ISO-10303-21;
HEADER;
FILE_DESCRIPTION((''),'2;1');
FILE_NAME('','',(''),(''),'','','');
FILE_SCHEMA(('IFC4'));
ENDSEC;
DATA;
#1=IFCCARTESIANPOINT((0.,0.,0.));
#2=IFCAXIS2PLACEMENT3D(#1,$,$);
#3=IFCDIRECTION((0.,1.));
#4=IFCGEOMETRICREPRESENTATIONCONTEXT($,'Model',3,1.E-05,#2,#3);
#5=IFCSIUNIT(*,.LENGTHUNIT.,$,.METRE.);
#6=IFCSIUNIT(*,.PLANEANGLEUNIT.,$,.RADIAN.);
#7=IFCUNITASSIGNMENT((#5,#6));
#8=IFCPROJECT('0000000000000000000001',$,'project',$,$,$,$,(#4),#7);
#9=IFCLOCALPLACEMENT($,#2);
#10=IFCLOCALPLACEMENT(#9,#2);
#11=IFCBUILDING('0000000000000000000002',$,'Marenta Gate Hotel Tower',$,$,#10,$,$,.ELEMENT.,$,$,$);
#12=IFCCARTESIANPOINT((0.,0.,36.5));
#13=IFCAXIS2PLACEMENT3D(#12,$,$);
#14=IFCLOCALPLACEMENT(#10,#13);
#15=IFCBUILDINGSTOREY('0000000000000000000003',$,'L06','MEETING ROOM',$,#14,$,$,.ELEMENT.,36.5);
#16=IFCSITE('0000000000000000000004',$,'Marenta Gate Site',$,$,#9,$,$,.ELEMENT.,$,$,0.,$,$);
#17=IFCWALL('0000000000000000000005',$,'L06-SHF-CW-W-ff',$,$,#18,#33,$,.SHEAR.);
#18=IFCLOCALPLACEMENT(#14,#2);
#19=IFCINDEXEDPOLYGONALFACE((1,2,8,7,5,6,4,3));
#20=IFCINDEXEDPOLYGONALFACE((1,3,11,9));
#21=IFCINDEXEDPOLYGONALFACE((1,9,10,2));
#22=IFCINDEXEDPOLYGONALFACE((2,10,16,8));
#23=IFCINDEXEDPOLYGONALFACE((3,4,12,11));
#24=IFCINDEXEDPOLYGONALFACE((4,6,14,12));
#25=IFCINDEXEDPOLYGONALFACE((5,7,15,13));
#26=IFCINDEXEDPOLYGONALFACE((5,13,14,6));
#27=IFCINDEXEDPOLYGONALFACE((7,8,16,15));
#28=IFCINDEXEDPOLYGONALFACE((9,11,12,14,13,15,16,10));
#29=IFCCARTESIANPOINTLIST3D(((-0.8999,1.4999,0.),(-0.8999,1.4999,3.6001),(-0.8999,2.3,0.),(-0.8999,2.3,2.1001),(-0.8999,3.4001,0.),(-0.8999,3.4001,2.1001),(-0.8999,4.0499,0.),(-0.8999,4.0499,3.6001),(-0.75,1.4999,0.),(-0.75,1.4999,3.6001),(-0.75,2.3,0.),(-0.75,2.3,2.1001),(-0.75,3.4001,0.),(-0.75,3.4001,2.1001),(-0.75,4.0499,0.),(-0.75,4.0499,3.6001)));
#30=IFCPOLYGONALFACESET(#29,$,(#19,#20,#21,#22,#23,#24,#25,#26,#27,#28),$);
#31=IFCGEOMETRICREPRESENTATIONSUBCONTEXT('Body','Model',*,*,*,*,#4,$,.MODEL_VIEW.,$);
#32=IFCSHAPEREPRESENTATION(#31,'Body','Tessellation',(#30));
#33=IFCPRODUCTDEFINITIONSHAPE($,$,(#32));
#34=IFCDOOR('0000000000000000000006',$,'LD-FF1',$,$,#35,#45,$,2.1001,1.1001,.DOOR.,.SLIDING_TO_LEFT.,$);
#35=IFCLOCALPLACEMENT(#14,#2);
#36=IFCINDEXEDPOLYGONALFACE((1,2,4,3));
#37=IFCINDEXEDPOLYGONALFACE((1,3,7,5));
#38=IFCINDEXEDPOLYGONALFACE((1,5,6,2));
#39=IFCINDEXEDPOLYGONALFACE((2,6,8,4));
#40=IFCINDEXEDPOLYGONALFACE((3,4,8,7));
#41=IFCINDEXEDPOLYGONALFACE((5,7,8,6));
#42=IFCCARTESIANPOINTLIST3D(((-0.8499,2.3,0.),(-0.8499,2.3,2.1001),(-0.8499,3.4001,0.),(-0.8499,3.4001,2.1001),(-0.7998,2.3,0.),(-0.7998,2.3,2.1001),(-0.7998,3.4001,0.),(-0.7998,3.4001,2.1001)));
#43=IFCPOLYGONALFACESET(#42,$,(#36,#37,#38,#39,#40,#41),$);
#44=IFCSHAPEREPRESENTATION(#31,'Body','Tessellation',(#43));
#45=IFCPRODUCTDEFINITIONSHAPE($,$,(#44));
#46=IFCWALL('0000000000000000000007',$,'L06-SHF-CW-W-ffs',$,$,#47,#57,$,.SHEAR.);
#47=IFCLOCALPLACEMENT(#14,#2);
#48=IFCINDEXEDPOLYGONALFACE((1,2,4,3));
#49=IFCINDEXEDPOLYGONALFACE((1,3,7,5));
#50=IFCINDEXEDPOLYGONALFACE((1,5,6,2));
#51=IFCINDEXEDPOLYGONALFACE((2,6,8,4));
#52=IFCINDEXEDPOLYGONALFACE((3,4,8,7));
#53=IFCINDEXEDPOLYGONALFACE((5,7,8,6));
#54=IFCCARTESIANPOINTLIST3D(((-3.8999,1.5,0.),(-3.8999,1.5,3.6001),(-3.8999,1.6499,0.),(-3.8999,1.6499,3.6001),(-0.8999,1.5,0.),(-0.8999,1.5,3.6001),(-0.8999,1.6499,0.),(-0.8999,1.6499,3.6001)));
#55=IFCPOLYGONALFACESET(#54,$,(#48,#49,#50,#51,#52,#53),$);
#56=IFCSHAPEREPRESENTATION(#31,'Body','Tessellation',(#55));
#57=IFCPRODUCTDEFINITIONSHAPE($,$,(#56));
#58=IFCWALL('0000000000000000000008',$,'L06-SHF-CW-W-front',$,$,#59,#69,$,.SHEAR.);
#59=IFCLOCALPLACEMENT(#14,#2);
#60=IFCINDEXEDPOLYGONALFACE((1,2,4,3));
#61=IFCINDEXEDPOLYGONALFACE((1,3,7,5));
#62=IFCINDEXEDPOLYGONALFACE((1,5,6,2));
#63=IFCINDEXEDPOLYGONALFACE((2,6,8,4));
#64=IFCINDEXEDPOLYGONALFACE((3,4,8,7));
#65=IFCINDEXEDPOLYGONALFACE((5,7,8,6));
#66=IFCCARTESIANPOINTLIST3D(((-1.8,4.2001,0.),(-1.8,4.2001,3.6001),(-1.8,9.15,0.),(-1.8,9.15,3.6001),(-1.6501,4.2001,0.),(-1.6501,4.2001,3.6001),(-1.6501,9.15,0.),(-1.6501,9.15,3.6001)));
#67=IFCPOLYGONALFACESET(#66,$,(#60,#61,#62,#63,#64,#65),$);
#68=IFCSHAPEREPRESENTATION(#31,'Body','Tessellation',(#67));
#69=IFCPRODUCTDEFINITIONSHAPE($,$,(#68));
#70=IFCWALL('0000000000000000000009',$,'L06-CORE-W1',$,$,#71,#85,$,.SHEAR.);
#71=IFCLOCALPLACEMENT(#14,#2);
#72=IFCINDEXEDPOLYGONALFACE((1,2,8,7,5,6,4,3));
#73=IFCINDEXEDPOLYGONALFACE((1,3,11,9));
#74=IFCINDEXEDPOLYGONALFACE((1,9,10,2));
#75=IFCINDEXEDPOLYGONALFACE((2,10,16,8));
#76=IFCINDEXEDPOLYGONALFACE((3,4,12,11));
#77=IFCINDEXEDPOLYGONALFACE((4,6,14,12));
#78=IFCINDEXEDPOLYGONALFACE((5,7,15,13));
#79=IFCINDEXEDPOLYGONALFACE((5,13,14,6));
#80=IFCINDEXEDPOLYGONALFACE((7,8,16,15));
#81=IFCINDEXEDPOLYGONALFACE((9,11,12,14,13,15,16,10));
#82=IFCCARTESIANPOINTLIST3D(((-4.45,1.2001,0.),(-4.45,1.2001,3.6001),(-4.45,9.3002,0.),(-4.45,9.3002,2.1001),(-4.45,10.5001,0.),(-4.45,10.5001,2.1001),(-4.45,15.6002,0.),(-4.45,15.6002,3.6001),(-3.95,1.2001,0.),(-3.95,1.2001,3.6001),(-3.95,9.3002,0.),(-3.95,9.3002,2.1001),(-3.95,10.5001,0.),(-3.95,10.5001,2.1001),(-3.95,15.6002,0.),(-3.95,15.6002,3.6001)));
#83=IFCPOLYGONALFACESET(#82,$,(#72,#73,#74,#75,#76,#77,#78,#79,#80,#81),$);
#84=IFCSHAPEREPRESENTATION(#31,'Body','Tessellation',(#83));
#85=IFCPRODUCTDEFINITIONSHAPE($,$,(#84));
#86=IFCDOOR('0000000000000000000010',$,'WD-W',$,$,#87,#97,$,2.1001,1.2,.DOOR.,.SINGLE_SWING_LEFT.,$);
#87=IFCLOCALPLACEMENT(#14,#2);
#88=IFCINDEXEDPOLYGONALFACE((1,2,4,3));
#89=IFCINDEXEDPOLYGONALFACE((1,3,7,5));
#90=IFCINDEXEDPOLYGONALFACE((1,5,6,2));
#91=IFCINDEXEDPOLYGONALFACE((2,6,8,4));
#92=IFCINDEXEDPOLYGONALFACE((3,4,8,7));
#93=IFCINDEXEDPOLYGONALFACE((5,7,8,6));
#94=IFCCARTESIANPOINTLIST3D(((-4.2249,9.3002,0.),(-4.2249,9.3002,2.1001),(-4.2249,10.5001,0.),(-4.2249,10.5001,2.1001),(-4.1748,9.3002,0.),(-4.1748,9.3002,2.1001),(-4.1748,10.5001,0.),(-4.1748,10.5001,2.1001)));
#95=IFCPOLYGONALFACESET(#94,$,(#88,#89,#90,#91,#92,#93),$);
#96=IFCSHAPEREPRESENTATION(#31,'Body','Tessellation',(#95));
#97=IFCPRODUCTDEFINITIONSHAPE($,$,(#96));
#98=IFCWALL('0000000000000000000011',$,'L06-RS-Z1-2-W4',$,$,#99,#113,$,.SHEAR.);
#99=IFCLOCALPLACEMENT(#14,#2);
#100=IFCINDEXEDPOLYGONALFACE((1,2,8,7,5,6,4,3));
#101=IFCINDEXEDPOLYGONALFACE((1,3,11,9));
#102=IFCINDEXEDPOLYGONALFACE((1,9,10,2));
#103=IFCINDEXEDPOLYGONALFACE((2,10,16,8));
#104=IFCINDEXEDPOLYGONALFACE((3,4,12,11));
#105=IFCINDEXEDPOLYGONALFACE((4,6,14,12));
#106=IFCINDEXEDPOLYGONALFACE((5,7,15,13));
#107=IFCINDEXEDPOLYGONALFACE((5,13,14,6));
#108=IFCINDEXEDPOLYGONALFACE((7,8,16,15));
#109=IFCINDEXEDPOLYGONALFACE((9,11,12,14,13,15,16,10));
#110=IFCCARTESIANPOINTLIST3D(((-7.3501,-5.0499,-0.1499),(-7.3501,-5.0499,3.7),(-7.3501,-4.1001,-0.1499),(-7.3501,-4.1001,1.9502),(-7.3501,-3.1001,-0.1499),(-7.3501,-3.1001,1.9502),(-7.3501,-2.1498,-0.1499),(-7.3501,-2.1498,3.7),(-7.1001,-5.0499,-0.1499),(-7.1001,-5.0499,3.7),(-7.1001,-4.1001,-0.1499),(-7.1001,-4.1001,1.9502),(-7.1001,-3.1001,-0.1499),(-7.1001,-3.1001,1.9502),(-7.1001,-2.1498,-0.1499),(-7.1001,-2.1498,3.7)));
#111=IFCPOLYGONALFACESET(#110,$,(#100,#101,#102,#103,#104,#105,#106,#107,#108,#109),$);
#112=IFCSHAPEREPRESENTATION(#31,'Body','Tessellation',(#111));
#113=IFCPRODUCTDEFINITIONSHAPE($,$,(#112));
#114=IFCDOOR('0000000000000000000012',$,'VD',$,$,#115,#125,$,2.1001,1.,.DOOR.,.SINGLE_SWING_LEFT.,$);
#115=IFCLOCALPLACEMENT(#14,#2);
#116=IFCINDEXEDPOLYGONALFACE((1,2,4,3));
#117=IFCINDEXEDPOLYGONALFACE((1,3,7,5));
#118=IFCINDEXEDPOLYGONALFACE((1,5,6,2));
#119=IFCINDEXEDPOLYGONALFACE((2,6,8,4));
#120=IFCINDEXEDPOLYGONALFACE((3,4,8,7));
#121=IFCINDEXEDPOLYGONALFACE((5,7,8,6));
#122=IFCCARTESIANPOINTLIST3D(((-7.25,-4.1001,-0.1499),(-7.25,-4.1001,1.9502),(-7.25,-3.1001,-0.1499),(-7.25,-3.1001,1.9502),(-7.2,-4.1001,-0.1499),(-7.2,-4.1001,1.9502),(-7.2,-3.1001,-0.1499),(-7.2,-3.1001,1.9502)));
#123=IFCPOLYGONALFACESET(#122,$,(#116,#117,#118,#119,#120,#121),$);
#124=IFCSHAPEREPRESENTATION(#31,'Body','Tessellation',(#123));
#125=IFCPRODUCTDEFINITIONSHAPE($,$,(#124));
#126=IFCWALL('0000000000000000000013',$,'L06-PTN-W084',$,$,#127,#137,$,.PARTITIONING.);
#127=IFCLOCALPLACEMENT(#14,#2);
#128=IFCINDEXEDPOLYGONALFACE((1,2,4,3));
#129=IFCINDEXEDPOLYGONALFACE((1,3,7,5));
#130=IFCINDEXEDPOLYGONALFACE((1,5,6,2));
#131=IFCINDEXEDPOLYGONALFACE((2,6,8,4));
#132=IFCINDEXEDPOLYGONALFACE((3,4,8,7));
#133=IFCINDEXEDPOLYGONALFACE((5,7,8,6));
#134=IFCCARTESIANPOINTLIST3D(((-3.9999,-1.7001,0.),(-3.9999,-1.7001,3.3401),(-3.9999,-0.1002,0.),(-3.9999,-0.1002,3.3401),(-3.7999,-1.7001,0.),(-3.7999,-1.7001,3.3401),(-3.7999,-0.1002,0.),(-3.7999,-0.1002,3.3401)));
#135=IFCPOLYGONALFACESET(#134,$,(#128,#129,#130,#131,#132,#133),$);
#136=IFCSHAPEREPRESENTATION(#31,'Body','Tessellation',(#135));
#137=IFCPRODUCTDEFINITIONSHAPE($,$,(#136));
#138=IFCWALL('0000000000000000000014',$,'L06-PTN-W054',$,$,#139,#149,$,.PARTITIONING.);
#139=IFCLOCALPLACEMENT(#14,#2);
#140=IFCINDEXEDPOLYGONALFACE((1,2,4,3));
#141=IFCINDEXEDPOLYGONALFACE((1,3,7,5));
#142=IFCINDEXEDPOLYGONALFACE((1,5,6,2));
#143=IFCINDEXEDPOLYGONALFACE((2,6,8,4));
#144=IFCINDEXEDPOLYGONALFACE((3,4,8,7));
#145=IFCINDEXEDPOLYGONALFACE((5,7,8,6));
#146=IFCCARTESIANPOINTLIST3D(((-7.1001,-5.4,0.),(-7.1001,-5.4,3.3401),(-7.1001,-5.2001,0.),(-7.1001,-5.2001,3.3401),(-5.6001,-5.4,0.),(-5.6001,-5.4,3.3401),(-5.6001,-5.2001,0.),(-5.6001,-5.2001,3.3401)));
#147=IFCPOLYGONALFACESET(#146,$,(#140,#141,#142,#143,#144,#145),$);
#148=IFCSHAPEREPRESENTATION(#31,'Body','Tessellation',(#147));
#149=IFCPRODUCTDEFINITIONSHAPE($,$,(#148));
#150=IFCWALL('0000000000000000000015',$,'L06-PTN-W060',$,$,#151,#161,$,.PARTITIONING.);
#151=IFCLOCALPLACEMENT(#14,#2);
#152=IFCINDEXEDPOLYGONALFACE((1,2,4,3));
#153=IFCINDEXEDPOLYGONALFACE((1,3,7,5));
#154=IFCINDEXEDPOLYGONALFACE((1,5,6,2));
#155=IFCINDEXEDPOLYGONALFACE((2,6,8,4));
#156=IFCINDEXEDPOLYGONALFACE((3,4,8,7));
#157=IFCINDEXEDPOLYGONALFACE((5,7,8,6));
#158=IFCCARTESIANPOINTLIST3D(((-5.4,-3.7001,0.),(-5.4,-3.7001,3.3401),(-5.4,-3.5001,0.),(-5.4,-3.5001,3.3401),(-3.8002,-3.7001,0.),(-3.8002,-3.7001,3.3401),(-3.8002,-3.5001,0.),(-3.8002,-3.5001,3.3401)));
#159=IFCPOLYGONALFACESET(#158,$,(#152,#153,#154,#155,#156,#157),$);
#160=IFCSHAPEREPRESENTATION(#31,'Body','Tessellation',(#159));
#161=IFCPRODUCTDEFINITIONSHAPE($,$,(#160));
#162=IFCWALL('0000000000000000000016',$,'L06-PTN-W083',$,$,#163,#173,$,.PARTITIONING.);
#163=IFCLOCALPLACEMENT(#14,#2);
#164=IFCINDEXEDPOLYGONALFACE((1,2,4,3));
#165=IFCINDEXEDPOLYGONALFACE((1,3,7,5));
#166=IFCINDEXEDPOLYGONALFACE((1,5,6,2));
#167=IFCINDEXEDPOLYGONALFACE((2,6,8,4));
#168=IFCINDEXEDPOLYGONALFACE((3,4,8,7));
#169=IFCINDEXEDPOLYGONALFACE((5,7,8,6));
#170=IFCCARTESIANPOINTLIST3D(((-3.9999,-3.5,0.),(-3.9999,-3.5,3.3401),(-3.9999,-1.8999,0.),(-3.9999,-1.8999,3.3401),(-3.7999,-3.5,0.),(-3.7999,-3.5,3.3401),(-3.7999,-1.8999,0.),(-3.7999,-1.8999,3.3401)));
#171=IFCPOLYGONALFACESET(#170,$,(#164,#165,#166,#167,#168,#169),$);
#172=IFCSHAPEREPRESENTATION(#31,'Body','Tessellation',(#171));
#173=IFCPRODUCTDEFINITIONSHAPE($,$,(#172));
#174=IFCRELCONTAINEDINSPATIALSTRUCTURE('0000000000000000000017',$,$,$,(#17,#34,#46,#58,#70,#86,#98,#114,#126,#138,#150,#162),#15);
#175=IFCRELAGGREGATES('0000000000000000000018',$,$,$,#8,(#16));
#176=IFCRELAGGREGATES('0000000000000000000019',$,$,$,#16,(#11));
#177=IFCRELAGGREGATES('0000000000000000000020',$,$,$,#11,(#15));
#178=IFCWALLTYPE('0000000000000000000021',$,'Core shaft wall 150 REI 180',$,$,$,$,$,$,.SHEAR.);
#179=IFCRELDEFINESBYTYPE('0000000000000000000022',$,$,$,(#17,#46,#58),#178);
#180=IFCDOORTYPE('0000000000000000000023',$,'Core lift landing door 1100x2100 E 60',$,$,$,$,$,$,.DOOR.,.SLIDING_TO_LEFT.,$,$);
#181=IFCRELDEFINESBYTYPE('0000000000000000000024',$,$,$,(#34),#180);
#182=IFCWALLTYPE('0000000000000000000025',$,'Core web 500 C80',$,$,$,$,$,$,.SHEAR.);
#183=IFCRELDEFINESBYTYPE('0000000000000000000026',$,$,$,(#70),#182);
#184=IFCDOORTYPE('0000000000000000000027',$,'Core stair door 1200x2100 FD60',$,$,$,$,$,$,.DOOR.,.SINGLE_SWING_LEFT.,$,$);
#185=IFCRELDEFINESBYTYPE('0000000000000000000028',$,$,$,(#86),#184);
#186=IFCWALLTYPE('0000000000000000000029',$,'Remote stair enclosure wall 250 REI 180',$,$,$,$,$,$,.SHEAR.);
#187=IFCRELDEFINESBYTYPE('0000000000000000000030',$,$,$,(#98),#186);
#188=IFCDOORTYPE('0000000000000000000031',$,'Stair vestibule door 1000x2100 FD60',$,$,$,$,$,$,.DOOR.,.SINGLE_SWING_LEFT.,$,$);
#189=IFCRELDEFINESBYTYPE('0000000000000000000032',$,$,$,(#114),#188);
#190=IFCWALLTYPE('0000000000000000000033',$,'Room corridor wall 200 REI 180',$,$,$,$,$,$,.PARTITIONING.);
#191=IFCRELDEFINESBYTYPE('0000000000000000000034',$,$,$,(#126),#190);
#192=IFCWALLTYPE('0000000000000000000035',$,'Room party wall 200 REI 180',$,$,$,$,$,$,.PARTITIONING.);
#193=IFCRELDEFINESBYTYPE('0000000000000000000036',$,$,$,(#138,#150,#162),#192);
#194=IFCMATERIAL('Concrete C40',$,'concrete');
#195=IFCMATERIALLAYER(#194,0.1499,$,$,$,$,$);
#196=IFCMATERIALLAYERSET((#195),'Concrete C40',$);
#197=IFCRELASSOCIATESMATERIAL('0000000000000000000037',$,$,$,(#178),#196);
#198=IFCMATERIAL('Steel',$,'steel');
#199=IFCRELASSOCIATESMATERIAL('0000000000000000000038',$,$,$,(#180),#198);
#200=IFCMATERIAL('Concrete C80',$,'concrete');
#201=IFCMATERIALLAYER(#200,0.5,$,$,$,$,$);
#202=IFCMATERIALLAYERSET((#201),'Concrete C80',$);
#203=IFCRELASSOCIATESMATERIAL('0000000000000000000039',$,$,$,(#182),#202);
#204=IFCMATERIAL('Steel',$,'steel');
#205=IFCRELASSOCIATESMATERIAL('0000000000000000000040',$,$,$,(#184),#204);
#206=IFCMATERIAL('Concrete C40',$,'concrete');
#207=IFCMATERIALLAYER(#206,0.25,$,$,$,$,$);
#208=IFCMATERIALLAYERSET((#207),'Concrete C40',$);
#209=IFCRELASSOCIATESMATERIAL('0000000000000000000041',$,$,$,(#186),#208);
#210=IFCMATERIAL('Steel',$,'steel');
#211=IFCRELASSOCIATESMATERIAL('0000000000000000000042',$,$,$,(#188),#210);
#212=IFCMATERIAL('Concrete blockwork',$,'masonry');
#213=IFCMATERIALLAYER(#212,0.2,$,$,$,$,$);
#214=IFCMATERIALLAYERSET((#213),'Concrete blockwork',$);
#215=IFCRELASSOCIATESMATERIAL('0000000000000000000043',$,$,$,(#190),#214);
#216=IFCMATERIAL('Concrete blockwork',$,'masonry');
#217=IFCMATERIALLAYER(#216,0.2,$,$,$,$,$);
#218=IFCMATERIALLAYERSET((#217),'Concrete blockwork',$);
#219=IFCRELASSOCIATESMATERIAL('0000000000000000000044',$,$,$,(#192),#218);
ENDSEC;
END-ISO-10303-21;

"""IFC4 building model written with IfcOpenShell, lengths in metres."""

from ifc_helpers import new_model, si_unit, direction, frame, frame_2d, origin, place, context, subcontext, project, spatial, rectangle, extrude, material, layer, layer_set, type_object, element, fill, save


model = new_model("IFC4")

# Units and contexts
model_context = context("Model", 3, precision=1e-05, world=origin(), true_north=direction((0.0, 1.0)))
body_context = subcontext(model_context, "Body", "Model", "MODEL_VIEW")
ifc_project = project(units=[si_unit("LENGTHUNIT", "METRE"), si_unit("PLANEANGLEUNIT", "RADIAN")], contexts=[model_context])

# Site, building, storey
site_placement = place(None, origin())
site = spatial("IfcSite", under=ifc_project, at=site_placement, Name="Marenta Gate Site", CompositionType="ELEMENT", RefElevation=0.0)
building_placement = place(site_placement, origin())
building = spatial("IfcBuilding", under=site, at=building_placement, Name="Marenta Gate Hotel Tower", CompositionType="ELEMENT")
storey_placement = place(building_placement, frame((0.0, 0.0, 36.5)))
storey = spatial("IfcBuildingStorey", under=building, at=storey_placement, Name="L06", Description="MEETING ROOM", CompositionType="ELEMENT", Elevation=36.5)

# Wall, opening, door
ifc_material_1 = material(Name="Concrete C40", Category="concrete")
ifc_layer_1 = layer(ifc_material_1, 0.1499)
ifc_layer_set_1 = layer_set([ifc_layer_1], Name="Concrete C40")
wall_type_1 = type_object("IfcWallType", Name="Core shaft wall 150 REI 180", PredefinedType="SHEAR", material=ifc_layer_set_1)
wall_1_placement = place(storey_placement, frame((-0.825, 1.5, 0.0), z_axis=(0.0, 0.0, 1.0), x_axis=(0.0, 1.0, 0.0)))
wall_1 = element("IfcWall", 1, at=wall_1_placement, inside=storey, type_object=wall_type_1, Name="L06-SHF-CW-W-ff", PredefinedType="SHEAR", context=body_context, shape_type="SweptSolid", body=[
    extrude(rectangle(XDim=2.55, YDim=0.1499, at=frame_2d((1.2749, 0.0))), origin(), (0.0, 0.0, 1.0), 3.6001),
])
opening_1_placement = place(wall_1_placement, frame((0.8, 0.0, 0.0)))
opening_1 = element("IfcOpeningElement", 2, at=opening_1_placement, cuts=wall_1, PredefinedType="OPENING", context=body_context, shape_type="SweptSolid", body=[
    extrude(rectangle(XDim=1.1001, YDim=2.1001, at=frame_2d((0.55, 1.05))), frame((0.0, 0.075, 0.0), z_axis=(0.0, -1.0, 0.0), x_axis=(1.0, 0.0, 0.0)), (0.0, 0.0, 1.0), 0.1499),
])
ifc_material_2 = material(Name="Steel", Category="steel")
door_type_1 = type_object("IfcDoorType", Name="Core lift landing door 1100x2100 E 60", OperationType="SLIDING_TO_LEFT", PredefinedType="DOOR", material=ifc_material_2)
door_1_placement = place(opening_1_placement, origin())
door_1 = element("IfcDoor", 3, at=door_1_placement, inside=storey, type_object=door_type_1, Name="LD-FF1", OperationType="SLIDING_TO_LEFT", OverallHeight=2.1001, OverallWidth=1.1001, PredefinedType="DOOR", context=body_context, shape_type="SweptSolid", body=[
    extrude(rectangle(XDim=1.1001, YDim=2.1001, at=frame_2d((0.55, 1.05))), frame((0.0, 0.0249, 0.0), z_axis=(0.0, -1.0, 0.0), x_axis=(1.0, 0.0, 0.0)), (0.0, 0.0, 1.0), 0.05),
])
fill(opening_1, door_1)

# Walls
wall_2_placement = place(storey_placement, frame((-3.8999, 1.575, 0.0), z_axis=(0.0, 0.0, 1.0), x_axis=(1.0, 0.0, 0.0)))
element("IfcWall", 4, at=wall_2_placement, inside=storey, type_object=wall_type_1, Name="L06-SHF-CW-W-ffs", PredefinedType="SHEAR", context=body_context, shape_type="SweptSolid", body=[
    extrude(rectangle(XDim=3.0, YDim=0.1499, at=frame_2d((1.5, 0.0))), origin(), (0.0, 0.0, 1.0), 3.6001),
])
wall_3_placement = place(storey_placement, frame((-1.7251, 4.2, 0.0), z_axis=(0.0, 0.0, 1.0), x_axis=(0.0, 1.0, 0.0)))
element("IfcWall", 5, at=wall_3_placement, inside=storey, type_object=wall_type_1, Name="L06-SHF-CW-W-front", PredefinedType="SHEAR", context=body_context, shape_type="SweptSolid", body=[
    extrude(rectangle(XDim=4.95, YDim=0.1499, at=frame_2d((2.4751, 0.0))), origin(), (0.0, 0.0, 1.0), 3.6001),
])

# Walls, openings, doors
ifc_material_3 = material(Name="Concrete C80", Category="concrete")
ifc_layer_2 = layer(ifc_material_3, 0.5)
ifc_layer_set_2 = layer_set([ifc_layer_2], Name="Concrete C80")
wall_type_2 = type_object("IfcWallType", Name="Core web 500 C80", PredefinedType="SHEAR", material=ifc_layer_set_2)
wall_4_placement = place(storey_placement, frame((-4.2, 1.2, 0.0), z_axis=(0.0, 0.0, 1.0), x_axis=(0.0, 1.0, 0.0)))
wall_4 = element("IfcWall", 6, at=wall_4_placement, inside=storey, type_object=wall_type_2, Name="L06-CORE-W1", PredefinedType="SHEAR", context=body_context, shape_type="SweptSolid", body=[
    extrude(rectangle(XDim=14.4001, YDim=0.5, at=frame_2d((7.2002, 0.0))), origin(), (0.0, 0.0, 1.0), 3.6001),
])
opening_2_placement = place(wall_4_placement, frame((8.1001, 0.0, 0.0)))
opening_2 = element("IfcOpeningElement", 7, at=opening_2_placement, cuts=wall_4, PredefinedType="OPENING", context=body_context, shape_type="SweptSolid", body=[
    extrude(rectangle(XDim=1.2, YDim=2.1001, at=frame_2d((0.6001, 1.05))), frame((0.0, 0.25, 0.0), z_axis=(0.0, -1.0, 0.0), x_axis=(1.0, 0.0, 0.0)), (0.0, 0.0, 1.0), 0.5),
])
ifc_material_4 = material(Name="Steel", Category="steel")
door_type_2 = type_object("IfcDoorType", Name="Core stair door 1200x2100 FD60", OperationType="SINGLE_SWING_LEFT", PredefinedType="DOOR", material=ifc_material_4)
door_2_placement = place(opening_2_placement, origin())
door_2 = element("IfcDoor", 8, at=door_2_placement, inside=storey, type_object=door_type_2, Name="WD-W", OperationType="SINGLE_SWING_LEFT", OverallHeight=2.1001, OverallWidth=1.2, PredefinedType="DOOR", context=body_context, shape_type="SweptSolid", body=[
    extrude(rectangle(XDim=1.2, YDim=2.1001, at=frame_2d((0.6001, 1.05))), frame((0.0, 0.0249, 0.0), z_axis=(0.0, -1.0, 0.0), x_axis=(1.0, 0.0, 0.0)), (0.0, 0.0, 1.0), 0.05),
])
fill(opening_2, door_2)
ifc_material_5 = material(Name="Concrete C40", Category="concrete")
ifc_layer_3 = layer(ifc_material_5, 0.25)
ifc_layer_set_3 = layer_set([ifc_layer_3], Name="Concrete C40")
wall_type_3 = type_object("IfcWallType", Name="Remote stair enclosure wall 250 REI 180", PredefinedType="SHEAR", material=ifc_layer_set_3)
wall_5_placement = place(storey_placement, frame((-7.2251, -5.05, -0.1499), z_axis=(0.0, 0.0, 1.0), x_axis=(0.0, 1.0, 0.0)))
wall_5 = element("IfcWall", 9, at=wall_5_placement, inside=storey, type_object=wall_type_3, Name="L06-RS-Z1-2-W4", PredefinedType="SHEAR", context=body_context, shape_type="SweptSolid", body=[
    extrude(rectangle(XDim=2.9001, YDim=0.25, at=frame_2d((1.4502, 0.0))), origin(), (0.0, 0.0, 1.0), 3.8499),
])
opening_3_placement = place(wall_5_placement, frame((0.95, 0.0, 0.0)))
opening_3 = element("IfcOpeningElement", 10, at=opening_3_placement, cuts=wall_5, PredefinedType="OPENING", context=body_context, shape_type="SweptSolid", body=[
    extrude(rectangle(XDim=1.0, YDim=2.1001, at=frame_2d((0.5, 1.05))), frame((0.0, 0.125, 0.0), z_axis=(0.0, -1.0, 0.0), x_axis=(1.0, 0.0, 0.0)), (0.0, 0.0, 1.0), 0.25),
])
ifc_material_6 = material(Name="Steel", Category="steel")
door_type_3 = type_object("IfcDoorType", Name="Stair vestibule door 1000x2100 FD60", OperationType="SINGLE_SWING_LEFT", PredefinedType="DOOR", material=ifc_material_6)
door_3_placement = place(opening_3_placement, origin())
door_3 = element("IfcDoor", 11, at=door_3_placement, inside=storey, type_object=door_type_3, Name="VD", OperationType="SINGLE_SWING_LEFT", OverallHeight=2.1001, OverallWidth=1.0, PredefinedType="DOOR", context=body_context, shape_type="SweptSolid", body=[
    extrude(rectangle(XDim=1.0, YDim=2.1001, at=frame_2d((0.5, 1.05))), frame((0.0, 0.0249, 0.0), z_axis=(0.0, -1.0, 0.0), x_axis=(1.0, 0.0, 0.0)), (0.0, 0.0, 1.0), 0.05),
])
fill(opening_3, door_3)

# Walls
ifc_material_7 = material(Name="Concrete blockwork", Category="masonry")
ifc_layer_4 = layer(ifc_material_7, 0.2)
ifc_layer_set_4 = layer_set([ifc_layer_4], Name="Concrete blockwork")
wall_type_4 = type_object("IfcWallType", Name="Room corridor wall 200 REI 180", PredefinedType="PARTITIONING", material=ifc_layer_set_4)
wall_6_placement = place(storey_placement, frame((-3.8999, -1.7, 0.0), z_axis=(0.0, 0.0, 1.0), x_axis=(0.0, 1.0, 0.0)))
element("IfcWall", 12, at=wall_6_placement, inside=storey, type_object=wall_type_4, Name="L06-PTN-W084", PredefinedType="PARTITIONING", context=body_context, shape_type="SweptSolid", body=[
    extrude(rectangle(XDim=1.5999, YDim=0.2, at=frame_2d((0.7998, 0.0))), origin(), (0.0, 0.0, 1.0), 3.3401),
])
ifc_material_8 = material(Name="Concrete blockwork", Category="masonry")
ifc_layer_5 = layer(ifc_material_8, 0.2)
ifc_layer_set_5 = layer_set([ifc_layer_5], Name="Concrete blockwork")
wall_type_5 = type_object("IfcWallType", Name="Room party wall 200 REI 180", PredefinedType="PARTITIONING", material=ifc_layer_set_5)
wall_7_placement = place(storey_placement, frame((-7.1001, -5.3, 0.0), z_axis=(0.0, 0.0, 1.0), x_axis=(1.0, 0.0, 0.0)))
element("IfcWall", 13, at=wall_7_placement, inside=storey, type_object=wall_type_5, Name="L06-PTN-W054", PredefinedType="PARTITIONING", context=body_context, shape_type="SweptSolid", body=[
    extrude(rectangle(XDim=1.5, YDim=0.2, at=frame_2d((0.75, 0.0))), origin(), (0.0, 0.0, 1.0), 3.3401),
])
wall_8_placement = place(storey_placement, frame((-5.3999, -3.6001, 0.0), z_axis=(0.0, 0.0, 1.0), x_axis=(1.0, 0.0, 0.0)))
element("IfcWall", 14, at=wall_8_placement, inside=storey, type_object=wall_type_5, Name="L06-PTN-W060", PredefinedType="PARTITIONING", context=body_context, shape_type="SweptSolid", body=[
    extrude(rectangle(XDim=1.5999, YDim=0.2, at=frame_2d((0.7998, 0.0))), origin(), (0.0, 0.0, 1.0), 3.3401),
])
wall_9_placement = place(storey_placement, frame((-3.8999, -3.5, 0.0), z_axis=(0.0, 0.0, 1.0), x_axis=(0.0, 1.0, 0.0)))
element("IfcWall", 15, at=wall_9_placement, inside=storey, type_object=wall_type_5, Name="L06-PTN-W083", PredefinedType="PARTITIONING", context=body_context, shape_type="SweptSolid", body=[
    extrude(rectangle(XDim=1.6001, YDim=0.2, at=frame_2d((0.8, 0.0))), origin(), (0.0, 0.0, 1.0), 3.3401),
])

save(model, "model.ifc")
